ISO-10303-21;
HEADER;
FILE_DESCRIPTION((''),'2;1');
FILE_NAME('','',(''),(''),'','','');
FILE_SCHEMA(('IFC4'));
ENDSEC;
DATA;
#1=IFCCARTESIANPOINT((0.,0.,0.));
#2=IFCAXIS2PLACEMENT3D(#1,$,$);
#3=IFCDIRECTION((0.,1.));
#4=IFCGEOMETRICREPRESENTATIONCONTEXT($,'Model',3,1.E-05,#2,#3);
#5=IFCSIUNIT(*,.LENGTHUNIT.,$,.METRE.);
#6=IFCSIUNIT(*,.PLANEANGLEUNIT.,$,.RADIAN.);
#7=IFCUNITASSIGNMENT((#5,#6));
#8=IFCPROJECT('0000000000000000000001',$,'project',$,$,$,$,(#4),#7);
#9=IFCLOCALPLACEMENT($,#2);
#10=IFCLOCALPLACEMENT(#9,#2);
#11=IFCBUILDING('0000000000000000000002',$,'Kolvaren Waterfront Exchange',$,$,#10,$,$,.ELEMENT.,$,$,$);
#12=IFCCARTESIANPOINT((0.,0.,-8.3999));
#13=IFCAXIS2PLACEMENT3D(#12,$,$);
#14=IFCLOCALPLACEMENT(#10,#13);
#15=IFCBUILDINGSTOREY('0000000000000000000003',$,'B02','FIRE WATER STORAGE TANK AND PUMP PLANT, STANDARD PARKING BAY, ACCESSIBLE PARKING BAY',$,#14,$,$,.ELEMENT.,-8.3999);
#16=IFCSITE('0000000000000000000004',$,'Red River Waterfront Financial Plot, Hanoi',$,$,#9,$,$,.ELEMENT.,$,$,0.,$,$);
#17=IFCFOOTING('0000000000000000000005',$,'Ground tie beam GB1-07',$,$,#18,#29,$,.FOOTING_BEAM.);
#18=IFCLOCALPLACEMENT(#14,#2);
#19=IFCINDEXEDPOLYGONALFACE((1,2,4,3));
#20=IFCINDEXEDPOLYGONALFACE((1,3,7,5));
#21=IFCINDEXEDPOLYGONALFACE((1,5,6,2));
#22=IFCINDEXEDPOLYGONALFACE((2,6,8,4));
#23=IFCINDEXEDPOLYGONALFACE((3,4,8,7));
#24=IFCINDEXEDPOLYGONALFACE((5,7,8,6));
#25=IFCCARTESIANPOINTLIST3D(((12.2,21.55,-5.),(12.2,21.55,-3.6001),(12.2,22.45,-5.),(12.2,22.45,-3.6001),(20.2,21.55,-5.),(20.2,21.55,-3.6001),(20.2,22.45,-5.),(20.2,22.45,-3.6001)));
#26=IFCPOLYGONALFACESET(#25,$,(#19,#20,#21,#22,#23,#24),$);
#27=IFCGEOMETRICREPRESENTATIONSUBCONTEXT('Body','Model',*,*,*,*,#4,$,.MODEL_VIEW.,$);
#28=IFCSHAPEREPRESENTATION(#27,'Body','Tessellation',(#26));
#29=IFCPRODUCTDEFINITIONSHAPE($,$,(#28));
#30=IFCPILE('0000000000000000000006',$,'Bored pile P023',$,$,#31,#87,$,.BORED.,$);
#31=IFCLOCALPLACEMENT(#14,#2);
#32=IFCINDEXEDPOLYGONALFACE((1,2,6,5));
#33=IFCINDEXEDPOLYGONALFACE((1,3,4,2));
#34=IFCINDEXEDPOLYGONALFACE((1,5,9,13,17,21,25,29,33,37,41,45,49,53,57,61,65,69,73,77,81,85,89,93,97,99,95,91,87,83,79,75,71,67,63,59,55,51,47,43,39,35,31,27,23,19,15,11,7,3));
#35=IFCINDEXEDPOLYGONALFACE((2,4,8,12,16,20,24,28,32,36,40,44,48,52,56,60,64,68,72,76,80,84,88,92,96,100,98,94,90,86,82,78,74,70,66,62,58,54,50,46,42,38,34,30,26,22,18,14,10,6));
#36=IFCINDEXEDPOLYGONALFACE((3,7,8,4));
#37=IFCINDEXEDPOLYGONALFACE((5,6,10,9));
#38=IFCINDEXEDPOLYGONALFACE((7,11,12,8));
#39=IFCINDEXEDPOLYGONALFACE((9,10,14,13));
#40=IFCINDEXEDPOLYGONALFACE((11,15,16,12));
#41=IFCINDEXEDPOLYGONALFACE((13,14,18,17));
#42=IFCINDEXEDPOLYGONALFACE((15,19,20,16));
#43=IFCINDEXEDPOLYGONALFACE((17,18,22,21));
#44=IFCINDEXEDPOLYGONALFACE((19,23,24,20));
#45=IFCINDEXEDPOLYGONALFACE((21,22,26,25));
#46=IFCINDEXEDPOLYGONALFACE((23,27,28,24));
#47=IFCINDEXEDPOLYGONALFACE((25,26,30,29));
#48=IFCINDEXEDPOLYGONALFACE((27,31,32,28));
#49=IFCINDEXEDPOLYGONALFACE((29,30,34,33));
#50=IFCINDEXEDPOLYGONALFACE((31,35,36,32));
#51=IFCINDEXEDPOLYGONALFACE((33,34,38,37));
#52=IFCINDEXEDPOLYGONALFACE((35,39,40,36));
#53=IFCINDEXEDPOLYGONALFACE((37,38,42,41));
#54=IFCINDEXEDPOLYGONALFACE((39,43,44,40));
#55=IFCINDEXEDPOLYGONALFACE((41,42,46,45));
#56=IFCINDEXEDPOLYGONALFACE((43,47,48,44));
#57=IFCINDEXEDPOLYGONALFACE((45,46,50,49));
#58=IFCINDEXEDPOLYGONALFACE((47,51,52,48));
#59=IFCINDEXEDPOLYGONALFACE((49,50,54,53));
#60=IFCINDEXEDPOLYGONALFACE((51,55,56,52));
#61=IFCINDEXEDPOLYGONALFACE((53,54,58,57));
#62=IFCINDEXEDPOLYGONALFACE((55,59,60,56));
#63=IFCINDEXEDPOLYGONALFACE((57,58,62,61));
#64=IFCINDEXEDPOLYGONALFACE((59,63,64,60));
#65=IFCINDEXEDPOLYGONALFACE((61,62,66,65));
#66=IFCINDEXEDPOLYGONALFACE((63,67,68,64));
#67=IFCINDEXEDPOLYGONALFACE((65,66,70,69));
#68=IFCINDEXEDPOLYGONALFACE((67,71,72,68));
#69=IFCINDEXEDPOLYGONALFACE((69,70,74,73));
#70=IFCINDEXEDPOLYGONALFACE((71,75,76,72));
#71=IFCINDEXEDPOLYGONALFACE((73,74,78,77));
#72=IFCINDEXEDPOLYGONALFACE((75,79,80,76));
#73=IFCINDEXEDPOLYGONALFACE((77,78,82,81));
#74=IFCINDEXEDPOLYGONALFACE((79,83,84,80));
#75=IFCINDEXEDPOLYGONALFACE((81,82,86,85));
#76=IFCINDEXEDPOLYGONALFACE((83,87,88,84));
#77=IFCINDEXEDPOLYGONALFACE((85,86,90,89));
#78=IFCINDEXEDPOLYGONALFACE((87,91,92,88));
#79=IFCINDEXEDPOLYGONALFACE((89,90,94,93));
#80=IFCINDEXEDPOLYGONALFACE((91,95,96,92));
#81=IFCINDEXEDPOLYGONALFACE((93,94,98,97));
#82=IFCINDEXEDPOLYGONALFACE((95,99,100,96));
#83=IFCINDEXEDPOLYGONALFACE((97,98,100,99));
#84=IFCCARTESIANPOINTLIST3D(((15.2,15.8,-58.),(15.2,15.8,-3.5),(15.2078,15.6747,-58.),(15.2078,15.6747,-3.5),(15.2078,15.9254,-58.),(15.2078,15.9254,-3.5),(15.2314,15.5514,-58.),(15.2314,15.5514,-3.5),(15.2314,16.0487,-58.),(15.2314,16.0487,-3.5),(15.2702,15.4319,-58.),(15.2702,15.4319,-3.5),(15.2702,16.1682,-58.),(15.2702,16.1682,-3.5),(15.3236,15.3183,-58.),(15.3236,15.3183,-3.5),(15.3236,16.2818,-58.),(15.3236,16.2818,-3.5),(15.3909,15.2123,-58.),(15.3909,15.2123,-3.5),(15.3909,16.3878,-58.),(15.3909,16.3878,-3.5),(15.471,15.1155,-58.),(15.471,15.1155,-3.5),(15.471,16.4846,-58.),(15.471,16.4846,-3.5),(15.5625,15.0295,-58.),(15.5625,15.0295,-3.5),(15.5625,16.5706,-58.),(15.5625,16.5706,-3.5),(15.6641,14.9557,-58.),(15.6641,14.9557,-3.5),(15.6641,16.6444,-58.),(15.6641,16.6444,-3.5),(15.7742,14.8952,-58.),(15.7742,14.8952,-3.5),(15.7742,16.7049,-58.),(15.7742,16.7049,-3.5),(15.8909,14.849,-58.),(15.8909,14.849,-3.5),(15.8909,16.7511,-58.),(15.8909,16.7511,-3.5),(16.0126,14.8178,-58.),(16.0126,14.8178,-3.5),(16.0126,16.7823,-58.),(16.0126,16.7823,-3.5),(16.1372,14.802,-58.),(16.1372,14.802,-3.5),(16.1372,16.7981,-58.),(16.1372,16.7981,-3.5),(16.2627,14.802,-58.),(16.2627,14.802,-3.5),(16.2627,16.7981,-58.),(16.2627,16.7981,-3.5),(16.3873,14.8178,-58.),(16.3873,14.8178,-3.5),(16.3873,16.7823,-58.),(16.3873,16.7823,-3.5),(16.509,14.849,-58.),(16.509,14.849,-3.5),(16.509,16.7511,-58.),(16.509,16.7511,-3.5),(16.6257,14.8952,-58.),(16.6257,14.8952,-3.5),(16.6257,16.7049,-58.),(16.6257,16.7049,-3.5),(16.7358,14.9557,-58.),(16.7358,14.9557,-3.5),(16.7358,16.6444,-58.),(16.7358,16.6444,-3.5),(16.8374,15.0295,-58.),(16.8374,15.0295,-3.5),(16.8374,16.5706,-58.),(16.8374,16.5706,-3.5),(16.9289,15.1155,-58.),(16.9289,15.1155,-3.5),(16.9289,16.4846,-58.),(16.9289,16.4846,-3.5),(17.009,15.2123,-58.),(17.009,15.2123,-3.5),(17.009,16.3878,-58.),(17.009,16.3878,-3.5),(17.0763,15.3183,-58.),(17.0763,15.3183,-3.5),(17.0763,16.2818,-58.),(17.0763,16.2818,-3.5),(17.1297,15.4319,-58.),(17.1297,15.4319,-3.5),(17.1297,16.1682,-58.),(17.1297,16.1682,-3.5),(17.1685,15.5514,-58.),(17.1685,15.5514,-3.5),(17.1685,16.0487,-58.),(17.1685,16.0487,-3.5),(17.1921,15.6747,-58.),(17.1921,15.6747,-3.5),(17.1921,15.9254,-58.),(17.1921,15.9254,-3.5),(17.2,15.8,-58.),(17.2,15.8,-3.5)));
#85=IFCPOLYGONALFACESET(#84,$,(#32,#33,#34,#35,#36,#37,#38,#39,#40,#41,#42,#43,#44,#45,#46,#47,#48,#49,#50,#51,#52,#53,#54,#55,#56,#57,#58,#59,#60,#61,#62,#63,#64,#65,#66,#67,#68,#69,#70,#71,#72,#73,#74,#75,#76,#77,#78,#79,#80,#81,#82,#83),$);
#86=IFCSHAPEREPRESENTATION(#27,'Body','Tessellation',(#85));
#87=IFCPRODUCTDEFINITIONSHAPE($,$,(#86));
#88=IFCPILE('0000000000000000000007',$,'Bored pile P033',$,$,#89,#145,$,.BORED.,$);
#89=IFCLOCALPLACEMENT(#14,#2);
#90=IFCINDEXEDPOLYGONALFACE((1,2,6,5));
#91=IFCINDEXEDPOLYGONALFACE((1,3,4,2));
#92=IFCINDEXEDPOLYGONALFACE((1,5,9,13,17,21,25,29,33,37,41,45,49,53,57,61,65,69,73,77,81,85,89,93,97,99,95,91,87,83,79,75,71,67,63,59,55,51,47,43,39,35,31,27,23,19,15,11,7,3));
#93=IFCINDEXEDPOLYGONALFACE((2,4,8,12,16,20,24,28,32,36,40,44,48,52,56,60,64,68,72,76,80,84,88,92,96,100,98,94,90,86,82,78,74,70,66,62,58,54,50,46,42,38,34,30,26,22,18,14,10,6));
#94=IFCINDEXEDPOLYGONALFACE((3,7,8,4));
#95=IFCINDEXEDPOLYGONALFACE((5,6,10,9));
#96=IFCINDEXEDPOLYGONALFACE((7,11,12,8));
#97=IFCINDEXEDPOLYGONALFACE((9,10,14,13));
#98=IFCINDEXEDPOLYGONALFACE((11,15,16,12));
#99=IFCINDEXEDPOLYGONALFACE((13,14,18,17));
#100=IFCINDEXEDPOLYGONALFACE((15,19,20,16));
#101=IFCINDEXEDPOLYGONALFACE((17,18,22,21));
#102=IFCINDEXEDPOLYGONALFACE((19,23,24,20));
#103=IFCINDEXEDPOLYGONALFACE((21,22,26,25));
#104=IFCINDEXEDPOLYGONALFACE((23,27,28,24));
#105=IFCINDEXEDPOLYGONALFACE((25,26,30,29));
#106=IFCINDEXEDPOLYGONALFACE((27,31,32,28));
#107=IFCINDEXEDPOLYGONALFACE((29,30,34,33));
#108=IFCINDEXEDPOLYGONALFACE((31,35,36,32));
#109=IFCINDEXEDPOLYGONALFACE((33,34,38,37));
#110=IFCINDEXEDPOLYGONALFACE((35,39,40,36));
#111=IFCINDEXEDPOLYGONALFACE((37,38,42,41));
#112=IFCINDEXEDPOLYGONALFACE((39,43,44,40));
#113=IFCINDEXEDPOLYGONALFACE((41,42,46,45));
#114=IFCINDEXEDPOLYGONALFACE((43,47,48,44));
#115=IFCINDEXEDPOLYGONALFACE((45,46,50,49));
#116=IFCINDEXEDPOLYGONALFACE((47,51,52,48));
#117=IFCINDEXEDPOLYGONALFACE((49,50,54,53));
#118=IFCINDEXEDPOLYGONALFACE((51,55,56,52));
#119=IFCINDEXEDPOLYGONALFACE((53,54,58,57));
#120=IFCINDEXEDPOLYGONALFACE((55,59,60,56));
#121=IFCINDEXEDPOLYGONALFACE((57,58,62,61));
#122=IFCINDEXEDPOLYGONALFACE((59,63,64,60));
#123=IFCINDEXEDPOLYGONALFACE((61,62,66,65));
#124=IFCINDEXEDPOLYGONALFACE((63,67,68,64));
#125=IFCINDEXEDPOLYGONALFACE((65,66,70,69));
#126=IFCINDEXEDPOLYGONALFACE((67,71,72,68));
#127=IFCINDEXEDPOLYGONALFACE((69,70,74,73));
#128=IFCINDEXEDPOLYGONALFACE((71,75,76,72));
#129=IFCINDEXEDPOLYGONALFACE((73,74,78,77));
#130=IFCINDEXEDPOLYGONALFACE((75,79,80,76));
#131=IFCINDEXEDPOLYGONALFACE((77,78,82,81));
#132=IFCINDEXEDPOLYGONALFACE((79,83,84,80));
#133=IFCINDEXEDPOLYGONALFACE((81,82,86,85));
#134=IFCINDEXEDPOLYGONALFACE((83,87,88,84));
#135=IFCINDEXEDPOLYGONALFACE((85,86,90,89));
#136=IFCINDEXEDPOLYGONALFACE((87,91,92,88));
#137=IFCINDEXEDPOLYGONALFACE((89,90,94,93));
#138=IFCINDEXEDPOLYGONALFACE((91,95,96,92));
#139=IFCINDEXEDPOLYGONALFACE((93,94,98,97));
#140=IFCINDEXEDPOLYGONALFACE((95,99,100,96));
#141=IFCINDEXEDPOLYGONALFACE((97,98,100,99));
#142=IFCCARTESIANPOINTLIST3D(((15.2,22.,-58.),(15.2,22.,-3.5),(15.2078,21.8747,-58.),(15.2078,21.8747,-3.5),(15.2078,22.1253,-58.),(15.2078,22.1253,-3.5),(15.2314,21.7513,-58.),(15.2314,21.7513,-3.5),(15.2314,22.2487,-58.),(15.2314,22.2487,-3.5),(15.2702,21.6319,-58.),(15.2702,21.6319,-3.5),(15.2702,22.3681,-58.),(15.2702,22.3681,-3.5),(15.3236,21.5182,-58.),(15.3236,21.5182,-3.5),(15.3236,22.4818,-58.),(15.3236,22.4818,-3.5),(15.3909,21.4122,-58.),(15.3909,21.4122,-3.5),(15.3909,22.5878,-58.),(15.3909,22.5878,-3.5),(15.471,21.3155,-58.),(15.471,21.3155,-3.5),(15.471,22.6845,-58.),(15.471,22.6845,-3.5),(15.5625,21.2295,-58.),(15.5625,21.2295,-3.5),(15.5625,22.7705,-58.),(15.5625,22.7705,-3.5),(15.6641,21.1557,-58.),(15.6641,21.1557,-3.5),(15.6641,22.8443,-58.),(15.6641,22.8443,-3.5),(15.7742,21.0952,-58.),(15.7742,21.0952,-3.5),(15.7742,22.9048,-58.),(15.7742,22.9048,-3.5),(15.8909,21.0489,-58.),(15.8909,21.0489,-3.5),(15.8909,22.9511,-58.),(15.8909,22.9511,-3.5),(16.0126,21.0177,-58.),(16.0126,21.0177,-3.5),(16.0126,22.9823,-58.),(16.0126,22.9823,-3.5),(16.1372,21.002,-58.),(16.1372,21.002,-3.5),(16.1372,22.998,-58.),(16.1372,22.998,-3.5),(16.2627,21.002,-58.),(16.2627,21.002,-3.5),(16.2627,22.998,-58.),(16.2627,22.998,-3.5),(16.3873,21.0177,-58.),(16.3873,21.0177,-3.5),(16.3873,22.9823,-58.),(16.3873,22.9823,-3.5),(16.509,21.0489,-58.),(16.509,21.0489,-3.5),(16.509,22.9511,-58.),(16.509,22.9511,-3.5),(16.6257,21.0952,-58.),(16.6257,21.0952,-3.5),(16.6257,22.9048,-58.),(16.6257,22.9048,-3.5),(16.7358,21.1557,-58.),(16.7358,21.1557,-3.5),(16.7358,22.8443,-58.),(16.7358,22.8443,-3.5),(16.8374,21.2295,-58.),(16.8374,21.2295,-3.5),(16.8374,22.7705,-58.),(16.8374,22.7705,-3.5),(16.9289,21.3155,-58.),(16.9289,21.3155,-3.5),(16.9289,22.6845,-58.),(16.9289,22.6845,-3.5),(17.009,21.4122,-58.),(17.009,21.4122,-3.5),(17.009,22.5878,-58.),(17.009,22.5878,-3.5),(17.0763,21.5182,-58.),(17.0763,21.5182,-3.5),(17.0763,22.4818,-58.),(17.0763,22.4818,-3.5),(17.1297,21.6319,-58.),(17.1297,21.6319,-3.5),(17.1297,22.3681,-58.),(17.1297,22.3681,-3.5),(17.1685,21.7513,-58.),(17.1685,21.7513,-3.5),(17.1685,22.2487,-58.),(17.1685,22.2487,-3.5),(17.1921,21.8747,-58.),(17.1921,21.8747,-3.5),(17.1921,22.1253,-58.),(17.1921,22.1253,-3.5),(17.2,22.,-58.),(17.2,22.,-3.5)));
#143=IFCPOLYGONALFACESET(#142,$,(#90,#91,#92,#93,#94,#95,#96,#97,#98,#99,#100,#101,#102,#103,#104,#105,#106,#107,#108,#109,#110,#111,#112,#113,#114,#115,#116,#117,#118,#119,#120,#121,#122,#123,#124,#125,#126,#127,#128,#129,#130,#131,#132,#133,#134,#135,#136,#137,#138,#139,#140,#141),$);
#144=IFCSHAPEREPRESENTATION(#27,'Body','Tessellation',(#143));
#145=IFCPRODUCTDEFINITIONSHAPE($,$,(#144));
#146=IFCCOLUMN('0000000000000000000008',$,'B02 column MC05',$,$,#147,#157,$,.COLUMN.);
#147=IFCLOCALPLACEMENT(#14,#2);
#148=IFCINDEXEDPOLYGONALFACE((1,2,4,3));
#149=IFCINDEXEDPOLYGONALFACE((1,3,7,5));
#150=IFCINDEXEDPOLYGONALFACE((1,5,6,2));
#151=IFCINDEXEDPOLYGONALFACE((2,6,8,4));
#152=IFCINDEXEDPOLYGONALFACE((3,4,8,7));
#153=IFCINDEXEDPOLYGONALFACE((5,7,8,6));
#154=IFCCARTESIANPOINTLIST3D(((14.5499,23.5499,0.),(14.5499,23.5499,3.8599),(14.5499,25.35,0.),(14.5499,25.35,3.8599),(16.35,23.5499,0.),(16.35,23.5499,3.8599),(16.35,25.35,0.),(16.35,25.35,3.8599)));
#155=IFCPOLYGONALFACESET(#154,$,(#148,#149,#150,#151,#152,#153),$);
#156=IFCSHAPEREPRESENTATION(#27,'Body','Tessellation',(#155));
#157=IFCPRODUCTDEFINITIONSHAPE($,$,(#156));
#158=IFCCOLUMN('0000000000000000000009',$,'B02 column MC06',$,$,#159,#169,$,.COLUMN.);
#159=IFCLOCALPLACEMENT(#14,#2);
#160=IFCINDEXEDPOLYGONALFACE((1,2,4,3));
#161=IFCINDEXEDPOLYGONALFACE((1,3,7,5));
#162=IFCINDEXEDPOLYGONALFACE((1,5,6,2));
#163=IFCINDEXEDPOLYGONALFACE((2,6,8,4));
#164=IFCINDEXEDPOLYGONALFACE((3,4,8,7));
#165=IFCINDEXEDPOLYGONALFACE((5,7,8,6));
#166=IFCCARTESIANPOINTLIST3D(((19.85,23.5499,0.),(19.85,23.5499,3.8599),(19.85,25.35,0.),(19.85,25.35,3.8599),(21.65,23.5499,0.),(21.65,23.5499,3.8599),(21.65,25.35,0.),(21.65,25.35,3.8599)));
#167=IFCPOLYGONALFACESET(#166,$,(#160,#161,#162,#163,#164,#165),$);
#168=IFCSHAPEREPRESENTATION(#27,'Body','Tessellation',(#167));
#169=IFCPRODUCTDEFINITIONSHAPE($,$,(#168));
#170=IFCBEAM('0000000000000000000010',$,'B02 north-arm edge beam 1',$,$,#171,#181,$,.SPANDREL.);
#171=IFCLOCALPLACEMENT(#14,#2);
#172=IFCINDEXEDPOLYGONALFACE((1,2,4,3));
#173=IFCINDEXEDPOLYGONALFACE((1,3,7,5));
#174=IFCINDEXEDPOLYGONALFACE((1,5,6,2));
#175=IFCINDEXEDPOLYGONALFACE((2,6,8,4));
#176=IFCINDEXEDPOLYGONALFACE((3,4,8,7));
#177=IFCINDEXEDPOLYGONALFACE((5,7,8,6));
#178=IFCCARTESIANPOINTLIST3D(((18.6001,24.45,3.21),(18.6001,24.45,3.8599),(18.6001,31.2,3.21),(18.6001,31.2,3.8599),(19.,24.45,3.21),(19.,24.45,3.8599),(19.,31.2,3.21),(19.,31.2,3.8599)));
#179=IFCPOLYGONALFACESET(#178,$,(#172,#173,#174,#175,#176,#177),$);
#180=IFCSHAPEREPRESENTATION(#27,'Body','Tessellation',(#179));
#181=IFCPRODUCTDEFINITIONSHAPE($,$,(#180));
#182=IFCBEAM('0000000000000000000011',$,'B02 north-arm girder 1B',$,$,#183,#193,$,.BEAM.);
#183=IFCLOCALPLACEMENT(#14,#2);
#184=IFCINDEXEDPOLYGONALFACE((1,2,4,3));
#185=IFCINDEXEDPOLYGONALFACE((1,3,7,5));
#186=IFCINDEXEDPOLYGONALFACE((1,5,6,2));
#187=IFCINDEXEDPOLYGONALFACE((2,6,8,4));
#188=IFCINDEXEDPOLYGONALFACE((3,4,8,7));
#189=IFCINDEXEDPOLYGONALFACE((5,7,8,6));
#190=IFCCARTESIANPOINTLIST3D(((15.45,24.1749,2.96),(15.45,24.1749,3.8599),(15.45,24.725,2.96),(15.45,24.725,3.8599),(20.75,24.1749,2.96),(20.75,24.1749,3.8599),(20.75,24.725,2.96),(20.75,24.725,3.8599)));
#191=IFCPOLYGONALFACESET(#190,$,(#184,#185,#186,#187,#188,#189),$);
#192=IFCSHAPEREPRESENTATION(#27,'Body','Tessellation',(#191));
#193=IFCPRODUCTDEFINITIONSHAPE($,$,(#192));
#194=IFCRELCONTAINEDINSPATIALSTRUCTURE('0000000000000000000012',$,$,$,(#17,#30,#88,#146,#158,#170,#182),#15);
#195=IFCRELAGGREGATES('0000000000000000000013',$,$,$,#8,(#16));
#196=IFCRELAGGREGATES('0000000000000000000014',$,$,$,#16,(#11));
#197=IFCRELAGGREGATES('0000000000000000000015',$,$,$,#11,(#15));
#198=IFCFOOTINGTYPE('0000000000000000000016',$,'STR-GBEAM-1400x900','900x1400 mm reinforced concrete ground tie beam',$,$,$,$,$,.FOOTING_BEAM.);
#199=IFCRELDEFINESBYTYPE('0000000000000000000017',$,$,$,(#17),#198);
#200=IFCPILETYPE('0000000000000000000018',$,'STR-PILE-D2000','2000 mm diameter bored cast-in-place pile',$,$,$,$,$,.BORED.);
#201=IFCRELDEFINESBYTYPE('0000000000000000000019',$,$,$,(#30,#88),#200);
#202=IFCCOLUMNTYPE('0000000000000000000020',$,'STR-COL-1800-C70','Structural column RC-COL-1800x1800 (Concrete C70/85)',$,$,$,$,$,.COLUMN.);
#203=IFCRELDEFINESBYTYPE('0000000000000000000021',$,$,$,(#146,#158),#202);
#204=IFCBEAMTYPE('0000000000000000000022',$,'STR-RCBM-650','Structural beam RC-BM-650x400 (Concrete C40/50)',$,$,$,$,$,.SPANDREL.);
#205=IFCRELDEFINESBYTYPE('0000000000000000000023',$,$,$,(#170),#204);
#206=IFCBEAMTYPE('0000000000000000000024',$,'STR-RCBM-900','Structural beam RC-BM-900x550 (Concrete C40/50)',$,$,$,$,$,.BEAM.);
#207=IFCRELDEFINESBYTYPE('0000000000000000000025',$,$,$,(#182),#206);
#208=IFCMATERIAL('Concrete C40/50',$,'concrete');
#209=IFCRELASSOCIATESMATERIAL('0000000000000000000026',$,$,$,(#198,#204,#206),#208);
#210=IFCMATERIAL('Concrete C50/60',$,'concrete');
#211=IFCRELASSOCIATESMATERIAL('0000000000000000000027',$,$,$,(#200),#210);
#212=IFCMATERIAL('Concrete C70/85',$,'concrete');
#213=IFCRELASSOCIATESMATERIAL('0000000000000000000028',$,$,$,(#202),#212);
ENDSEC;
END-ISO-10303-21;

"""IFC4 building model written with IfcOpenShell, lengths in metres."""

from ifc_helpers import new_model, si_unit, direction, frame, origin, origin_2d, place, context, subcontext, project, spatial, rectangle, circle, extrude, material, material_profile, profile_set, type_object, element, save


model = new_model("IFC4")

# Units and contexts
model_context = context("Model", 3, precision=1e-05, world=origin(), true_north=direction((0.0, 1.0)))
body_context = subcontext(model_context, "Body", "Model", "MODEL_VIEW")
ifc_project = project(units=[si_unit("LENGTHUNIT", "METRE"), si_unit("PLANEANGLEUNIT", "RADIAN")], contexts=[model_context])

# Site, building, storey
site_placement = place(None, origin())
site = spatial("IfcSite", under=ifc_project, at=site_placement, Name="Red River Waterfront Financial Plot, Hanoi", CompositionType="ELEMENT", RefElevation=0.0)
building_placement = place(site_placement, origin())
building = spatial("IfcBuilding", under=site, at=building_placement, Name="Kolvaren Waterfront Exchange", CompositionType="ELEMENT")
storey_placement = place(building_placement, frame((0.0, 0.0, -8.3999)))
storey = spatial("IfcBuildingStorey", under=building, at=storey_placement, Name="B02", Description="FIRE WATER STORAGE TANK AND PUMP PLANT, STANDARD PARKING BAY, ACCESSIBLE PARKING BAY", CompositionType="ELEMENT", Elevation=-8.3999)

# Footing
ifc_material_1 = material(Name="Concrete C40/50", Category="concrete")
ifc_material_profile_1 = material_profile(ifc_material_1, rectangle(XDim=0.8999, YDim=1.3999, at=origin_2d()), Name="RC-GB-1400x900")
ifc_profile_set_1 = profile_set([ifc_material_profile_1], Name="Concrete C40/50")
footing_type = type_object("IfcFootingType", Name="STR-GBEAM-1400x900", Description="900x1400 mm reinforced concrete ground tie beam", PredefinedType="FOOTING_BEAM", material=ifc_profile_set_1)
footing_placement = place(storey_placement, frame((12.2, 22.0, -4.3), z_axis=(1.0, 0.0, 0.0), x_axis=(0.0, 1.0, 0.0)))
element("IfcFooting", 1, at=footing_placement, inside=storey, type_object=footing_type, Name="Ground tie beam GB1-07", PredefinedType="FOOTING_BEAM", context=body_context, shape_type="SweptSolid", body=[
    extrude(rectangle(XDim=0.8999, YDim=1.3999, at=origin_2d()), origin(), (0.0, 0.0, 1.0), 8.0),
])

# Piles
ifc_material_2 = material(Name="Concrete C50/60", Category="concrete")
ifc_material_profile_2 = material_profile(ifc_material_2, circle(Radius=1.0, at=origin_2d()), Name="RC-PILE-D2000")
ifc_profile_set_2 = profile_set([ifc_material_profile_2], Name="Concrete C50/60")
pile_type = type_object("IfcPileType", Name="STR-PILE-D2000", Description="2000 mm diameter bored cast-in-place pile", PredefinedType="BORED", material=ifc_profile_set_2)
for number, where, z_axis, x_axis, name in (
    (2, (16.2, 15.8, -3.5), (0.0, 0.0, -1.0), (1.0, 0.0, 0.0), "Bored pile P023"),
    (3, (16.2, 22.0, -3.5), (0.0, 0.0, -1.0), (1.0, 0.0, 0.0), "Bored pile P033"),
):
    element("IfcPile", number, at=place(storey_placement, frame(where, z_axis=z_axis, x_axis=x_axis)), inside=storey, type_object=pile_type, Name=name, PredefinedType="BORED", context=body_context, shape_type="SweptSolid", body=[
        extrude(circle(Radius=1.0, at=origin_2d()), origin(), (0.0, 0.0, 1.0), 54.5),
    ])

# Columns
ifc_material_3 = material(Name="Concrete C70/85", Category="concrete")
ifc_material_profile_3 = material_profile(ifc_material_3, rectangle(XDim=1.8, YDim=1.8, at=origin_2d()), Name="RC-COL-1800x1800")
ifc_profile_set_3 = profile_set([ifc_material_profile_3], Name="Concrete C70/85")
column_type = type_object("IfcColumnType", Name="STR-COL-1800-C70", Description="Structural column RC-COL-1800x1800 (Concrete C70/85)", PredefinedType="COLUMN", material=ifc_profile_set_3)
for number, where, z_axis, x_axis, name in (
    (4, (15.45, 24.45, 0.0), (0.0, 0.0, 1.0), (1.0, 0.0, 0.0), "B02 column MC05"),
    (5, (20.75, 24.45, 0.0), (0.0, 0.0, 1.0), (1.0, 0.0, 0.0), "B02 column MC06"),
):
    element("IfcColumn", number, at=place(storey_placement, frame(where, z_axis=z_axis, x_axis=x_axis)), inside=storey, type_object=column_type, Name=name, PredefinedType="COLUMN", context=body_context, shape_type="SweptSolid", body=[
        extrude(rectangle(XDim=1.8, YDim=1.8, at=origin_2d()), origin(), (0.0, 0.0, 1.0), 3.8599),
    ])

# Beams
ifc_material_profile_4 = material_profile(ifc_material_1, rectangle(XDim=0.3999, YDim=0.6499, at=origin_2d()), Name="RC-BM-650x400")
ifc_profile_set_4 = profile_set([ifc_material_profile_4], Name="Concrete C40/50")
beam_type_1 = type_object("IfcBeamType", Name="STR-RCBM-650", Description="Structural beam RC-BM-650x400 (Concrete C40/50)", PredefinedType="SPANDREL", material=ifc_profile_set_4)
beam_1_placement = place(storey_placement, frame((18.8, 24.45, 3.5349), z_axis=(0.0, 1.0, 0.0), x_axis=(-1.0, 0.0, 0.0)))
element("IfcBeam", 6, at=beam_1_placement, inside=storey, type_object=beam_type_1, Name="B02 north-arm edge beam 1", PredefinedType="SPANDREL", context=body_context, shape_type="SweptSolid", body=[
    extrude(rectangle(XDim=0.3999, YDim=0.6499, at=origin_2d()), origin(), (0.0, 0.0, 1.0), 6.75),
])
ifc_material_profile_5 = material_profile(ifc_material_1, rectangle(XDim=0.55, YDim=0.8999, at=origin_2d()), Name="RC-BM-900x550")
ifc_profile_set_5 = profile_set([ifc_material_profile_5], Name="Concrete C40/50")
beam_type_2 = type_object("IfcBeamType", Name="STR-RCBM-900", Description="Structural beam RC-BM-900x550 (Concrete C40/50)", PredefinedType="BEAM", material=ifc_profile_set_5)
beam_2_placement = place(storey_placement, frame((15.45, 24.45, 3.4099), z_axis=(1.0, 0.0, 0.0), x_axis=(0.0, 1.0, 0.0)))
element("IfcBeam", 7, at=beam_2_placement, inside=storey, type_object=beam_type_2, Name="B02 north-arm girder 1B", PredefinedType="BEAM", context=body_context, shape_type="SweptSolid", body=[
    extrude(rectangle(XDim=0.55, YDim=0.8999, at=origin_2d()), origin(), (0.0, 0.0, 1.0), 5.3),
])

save(model, "model.ifc")
